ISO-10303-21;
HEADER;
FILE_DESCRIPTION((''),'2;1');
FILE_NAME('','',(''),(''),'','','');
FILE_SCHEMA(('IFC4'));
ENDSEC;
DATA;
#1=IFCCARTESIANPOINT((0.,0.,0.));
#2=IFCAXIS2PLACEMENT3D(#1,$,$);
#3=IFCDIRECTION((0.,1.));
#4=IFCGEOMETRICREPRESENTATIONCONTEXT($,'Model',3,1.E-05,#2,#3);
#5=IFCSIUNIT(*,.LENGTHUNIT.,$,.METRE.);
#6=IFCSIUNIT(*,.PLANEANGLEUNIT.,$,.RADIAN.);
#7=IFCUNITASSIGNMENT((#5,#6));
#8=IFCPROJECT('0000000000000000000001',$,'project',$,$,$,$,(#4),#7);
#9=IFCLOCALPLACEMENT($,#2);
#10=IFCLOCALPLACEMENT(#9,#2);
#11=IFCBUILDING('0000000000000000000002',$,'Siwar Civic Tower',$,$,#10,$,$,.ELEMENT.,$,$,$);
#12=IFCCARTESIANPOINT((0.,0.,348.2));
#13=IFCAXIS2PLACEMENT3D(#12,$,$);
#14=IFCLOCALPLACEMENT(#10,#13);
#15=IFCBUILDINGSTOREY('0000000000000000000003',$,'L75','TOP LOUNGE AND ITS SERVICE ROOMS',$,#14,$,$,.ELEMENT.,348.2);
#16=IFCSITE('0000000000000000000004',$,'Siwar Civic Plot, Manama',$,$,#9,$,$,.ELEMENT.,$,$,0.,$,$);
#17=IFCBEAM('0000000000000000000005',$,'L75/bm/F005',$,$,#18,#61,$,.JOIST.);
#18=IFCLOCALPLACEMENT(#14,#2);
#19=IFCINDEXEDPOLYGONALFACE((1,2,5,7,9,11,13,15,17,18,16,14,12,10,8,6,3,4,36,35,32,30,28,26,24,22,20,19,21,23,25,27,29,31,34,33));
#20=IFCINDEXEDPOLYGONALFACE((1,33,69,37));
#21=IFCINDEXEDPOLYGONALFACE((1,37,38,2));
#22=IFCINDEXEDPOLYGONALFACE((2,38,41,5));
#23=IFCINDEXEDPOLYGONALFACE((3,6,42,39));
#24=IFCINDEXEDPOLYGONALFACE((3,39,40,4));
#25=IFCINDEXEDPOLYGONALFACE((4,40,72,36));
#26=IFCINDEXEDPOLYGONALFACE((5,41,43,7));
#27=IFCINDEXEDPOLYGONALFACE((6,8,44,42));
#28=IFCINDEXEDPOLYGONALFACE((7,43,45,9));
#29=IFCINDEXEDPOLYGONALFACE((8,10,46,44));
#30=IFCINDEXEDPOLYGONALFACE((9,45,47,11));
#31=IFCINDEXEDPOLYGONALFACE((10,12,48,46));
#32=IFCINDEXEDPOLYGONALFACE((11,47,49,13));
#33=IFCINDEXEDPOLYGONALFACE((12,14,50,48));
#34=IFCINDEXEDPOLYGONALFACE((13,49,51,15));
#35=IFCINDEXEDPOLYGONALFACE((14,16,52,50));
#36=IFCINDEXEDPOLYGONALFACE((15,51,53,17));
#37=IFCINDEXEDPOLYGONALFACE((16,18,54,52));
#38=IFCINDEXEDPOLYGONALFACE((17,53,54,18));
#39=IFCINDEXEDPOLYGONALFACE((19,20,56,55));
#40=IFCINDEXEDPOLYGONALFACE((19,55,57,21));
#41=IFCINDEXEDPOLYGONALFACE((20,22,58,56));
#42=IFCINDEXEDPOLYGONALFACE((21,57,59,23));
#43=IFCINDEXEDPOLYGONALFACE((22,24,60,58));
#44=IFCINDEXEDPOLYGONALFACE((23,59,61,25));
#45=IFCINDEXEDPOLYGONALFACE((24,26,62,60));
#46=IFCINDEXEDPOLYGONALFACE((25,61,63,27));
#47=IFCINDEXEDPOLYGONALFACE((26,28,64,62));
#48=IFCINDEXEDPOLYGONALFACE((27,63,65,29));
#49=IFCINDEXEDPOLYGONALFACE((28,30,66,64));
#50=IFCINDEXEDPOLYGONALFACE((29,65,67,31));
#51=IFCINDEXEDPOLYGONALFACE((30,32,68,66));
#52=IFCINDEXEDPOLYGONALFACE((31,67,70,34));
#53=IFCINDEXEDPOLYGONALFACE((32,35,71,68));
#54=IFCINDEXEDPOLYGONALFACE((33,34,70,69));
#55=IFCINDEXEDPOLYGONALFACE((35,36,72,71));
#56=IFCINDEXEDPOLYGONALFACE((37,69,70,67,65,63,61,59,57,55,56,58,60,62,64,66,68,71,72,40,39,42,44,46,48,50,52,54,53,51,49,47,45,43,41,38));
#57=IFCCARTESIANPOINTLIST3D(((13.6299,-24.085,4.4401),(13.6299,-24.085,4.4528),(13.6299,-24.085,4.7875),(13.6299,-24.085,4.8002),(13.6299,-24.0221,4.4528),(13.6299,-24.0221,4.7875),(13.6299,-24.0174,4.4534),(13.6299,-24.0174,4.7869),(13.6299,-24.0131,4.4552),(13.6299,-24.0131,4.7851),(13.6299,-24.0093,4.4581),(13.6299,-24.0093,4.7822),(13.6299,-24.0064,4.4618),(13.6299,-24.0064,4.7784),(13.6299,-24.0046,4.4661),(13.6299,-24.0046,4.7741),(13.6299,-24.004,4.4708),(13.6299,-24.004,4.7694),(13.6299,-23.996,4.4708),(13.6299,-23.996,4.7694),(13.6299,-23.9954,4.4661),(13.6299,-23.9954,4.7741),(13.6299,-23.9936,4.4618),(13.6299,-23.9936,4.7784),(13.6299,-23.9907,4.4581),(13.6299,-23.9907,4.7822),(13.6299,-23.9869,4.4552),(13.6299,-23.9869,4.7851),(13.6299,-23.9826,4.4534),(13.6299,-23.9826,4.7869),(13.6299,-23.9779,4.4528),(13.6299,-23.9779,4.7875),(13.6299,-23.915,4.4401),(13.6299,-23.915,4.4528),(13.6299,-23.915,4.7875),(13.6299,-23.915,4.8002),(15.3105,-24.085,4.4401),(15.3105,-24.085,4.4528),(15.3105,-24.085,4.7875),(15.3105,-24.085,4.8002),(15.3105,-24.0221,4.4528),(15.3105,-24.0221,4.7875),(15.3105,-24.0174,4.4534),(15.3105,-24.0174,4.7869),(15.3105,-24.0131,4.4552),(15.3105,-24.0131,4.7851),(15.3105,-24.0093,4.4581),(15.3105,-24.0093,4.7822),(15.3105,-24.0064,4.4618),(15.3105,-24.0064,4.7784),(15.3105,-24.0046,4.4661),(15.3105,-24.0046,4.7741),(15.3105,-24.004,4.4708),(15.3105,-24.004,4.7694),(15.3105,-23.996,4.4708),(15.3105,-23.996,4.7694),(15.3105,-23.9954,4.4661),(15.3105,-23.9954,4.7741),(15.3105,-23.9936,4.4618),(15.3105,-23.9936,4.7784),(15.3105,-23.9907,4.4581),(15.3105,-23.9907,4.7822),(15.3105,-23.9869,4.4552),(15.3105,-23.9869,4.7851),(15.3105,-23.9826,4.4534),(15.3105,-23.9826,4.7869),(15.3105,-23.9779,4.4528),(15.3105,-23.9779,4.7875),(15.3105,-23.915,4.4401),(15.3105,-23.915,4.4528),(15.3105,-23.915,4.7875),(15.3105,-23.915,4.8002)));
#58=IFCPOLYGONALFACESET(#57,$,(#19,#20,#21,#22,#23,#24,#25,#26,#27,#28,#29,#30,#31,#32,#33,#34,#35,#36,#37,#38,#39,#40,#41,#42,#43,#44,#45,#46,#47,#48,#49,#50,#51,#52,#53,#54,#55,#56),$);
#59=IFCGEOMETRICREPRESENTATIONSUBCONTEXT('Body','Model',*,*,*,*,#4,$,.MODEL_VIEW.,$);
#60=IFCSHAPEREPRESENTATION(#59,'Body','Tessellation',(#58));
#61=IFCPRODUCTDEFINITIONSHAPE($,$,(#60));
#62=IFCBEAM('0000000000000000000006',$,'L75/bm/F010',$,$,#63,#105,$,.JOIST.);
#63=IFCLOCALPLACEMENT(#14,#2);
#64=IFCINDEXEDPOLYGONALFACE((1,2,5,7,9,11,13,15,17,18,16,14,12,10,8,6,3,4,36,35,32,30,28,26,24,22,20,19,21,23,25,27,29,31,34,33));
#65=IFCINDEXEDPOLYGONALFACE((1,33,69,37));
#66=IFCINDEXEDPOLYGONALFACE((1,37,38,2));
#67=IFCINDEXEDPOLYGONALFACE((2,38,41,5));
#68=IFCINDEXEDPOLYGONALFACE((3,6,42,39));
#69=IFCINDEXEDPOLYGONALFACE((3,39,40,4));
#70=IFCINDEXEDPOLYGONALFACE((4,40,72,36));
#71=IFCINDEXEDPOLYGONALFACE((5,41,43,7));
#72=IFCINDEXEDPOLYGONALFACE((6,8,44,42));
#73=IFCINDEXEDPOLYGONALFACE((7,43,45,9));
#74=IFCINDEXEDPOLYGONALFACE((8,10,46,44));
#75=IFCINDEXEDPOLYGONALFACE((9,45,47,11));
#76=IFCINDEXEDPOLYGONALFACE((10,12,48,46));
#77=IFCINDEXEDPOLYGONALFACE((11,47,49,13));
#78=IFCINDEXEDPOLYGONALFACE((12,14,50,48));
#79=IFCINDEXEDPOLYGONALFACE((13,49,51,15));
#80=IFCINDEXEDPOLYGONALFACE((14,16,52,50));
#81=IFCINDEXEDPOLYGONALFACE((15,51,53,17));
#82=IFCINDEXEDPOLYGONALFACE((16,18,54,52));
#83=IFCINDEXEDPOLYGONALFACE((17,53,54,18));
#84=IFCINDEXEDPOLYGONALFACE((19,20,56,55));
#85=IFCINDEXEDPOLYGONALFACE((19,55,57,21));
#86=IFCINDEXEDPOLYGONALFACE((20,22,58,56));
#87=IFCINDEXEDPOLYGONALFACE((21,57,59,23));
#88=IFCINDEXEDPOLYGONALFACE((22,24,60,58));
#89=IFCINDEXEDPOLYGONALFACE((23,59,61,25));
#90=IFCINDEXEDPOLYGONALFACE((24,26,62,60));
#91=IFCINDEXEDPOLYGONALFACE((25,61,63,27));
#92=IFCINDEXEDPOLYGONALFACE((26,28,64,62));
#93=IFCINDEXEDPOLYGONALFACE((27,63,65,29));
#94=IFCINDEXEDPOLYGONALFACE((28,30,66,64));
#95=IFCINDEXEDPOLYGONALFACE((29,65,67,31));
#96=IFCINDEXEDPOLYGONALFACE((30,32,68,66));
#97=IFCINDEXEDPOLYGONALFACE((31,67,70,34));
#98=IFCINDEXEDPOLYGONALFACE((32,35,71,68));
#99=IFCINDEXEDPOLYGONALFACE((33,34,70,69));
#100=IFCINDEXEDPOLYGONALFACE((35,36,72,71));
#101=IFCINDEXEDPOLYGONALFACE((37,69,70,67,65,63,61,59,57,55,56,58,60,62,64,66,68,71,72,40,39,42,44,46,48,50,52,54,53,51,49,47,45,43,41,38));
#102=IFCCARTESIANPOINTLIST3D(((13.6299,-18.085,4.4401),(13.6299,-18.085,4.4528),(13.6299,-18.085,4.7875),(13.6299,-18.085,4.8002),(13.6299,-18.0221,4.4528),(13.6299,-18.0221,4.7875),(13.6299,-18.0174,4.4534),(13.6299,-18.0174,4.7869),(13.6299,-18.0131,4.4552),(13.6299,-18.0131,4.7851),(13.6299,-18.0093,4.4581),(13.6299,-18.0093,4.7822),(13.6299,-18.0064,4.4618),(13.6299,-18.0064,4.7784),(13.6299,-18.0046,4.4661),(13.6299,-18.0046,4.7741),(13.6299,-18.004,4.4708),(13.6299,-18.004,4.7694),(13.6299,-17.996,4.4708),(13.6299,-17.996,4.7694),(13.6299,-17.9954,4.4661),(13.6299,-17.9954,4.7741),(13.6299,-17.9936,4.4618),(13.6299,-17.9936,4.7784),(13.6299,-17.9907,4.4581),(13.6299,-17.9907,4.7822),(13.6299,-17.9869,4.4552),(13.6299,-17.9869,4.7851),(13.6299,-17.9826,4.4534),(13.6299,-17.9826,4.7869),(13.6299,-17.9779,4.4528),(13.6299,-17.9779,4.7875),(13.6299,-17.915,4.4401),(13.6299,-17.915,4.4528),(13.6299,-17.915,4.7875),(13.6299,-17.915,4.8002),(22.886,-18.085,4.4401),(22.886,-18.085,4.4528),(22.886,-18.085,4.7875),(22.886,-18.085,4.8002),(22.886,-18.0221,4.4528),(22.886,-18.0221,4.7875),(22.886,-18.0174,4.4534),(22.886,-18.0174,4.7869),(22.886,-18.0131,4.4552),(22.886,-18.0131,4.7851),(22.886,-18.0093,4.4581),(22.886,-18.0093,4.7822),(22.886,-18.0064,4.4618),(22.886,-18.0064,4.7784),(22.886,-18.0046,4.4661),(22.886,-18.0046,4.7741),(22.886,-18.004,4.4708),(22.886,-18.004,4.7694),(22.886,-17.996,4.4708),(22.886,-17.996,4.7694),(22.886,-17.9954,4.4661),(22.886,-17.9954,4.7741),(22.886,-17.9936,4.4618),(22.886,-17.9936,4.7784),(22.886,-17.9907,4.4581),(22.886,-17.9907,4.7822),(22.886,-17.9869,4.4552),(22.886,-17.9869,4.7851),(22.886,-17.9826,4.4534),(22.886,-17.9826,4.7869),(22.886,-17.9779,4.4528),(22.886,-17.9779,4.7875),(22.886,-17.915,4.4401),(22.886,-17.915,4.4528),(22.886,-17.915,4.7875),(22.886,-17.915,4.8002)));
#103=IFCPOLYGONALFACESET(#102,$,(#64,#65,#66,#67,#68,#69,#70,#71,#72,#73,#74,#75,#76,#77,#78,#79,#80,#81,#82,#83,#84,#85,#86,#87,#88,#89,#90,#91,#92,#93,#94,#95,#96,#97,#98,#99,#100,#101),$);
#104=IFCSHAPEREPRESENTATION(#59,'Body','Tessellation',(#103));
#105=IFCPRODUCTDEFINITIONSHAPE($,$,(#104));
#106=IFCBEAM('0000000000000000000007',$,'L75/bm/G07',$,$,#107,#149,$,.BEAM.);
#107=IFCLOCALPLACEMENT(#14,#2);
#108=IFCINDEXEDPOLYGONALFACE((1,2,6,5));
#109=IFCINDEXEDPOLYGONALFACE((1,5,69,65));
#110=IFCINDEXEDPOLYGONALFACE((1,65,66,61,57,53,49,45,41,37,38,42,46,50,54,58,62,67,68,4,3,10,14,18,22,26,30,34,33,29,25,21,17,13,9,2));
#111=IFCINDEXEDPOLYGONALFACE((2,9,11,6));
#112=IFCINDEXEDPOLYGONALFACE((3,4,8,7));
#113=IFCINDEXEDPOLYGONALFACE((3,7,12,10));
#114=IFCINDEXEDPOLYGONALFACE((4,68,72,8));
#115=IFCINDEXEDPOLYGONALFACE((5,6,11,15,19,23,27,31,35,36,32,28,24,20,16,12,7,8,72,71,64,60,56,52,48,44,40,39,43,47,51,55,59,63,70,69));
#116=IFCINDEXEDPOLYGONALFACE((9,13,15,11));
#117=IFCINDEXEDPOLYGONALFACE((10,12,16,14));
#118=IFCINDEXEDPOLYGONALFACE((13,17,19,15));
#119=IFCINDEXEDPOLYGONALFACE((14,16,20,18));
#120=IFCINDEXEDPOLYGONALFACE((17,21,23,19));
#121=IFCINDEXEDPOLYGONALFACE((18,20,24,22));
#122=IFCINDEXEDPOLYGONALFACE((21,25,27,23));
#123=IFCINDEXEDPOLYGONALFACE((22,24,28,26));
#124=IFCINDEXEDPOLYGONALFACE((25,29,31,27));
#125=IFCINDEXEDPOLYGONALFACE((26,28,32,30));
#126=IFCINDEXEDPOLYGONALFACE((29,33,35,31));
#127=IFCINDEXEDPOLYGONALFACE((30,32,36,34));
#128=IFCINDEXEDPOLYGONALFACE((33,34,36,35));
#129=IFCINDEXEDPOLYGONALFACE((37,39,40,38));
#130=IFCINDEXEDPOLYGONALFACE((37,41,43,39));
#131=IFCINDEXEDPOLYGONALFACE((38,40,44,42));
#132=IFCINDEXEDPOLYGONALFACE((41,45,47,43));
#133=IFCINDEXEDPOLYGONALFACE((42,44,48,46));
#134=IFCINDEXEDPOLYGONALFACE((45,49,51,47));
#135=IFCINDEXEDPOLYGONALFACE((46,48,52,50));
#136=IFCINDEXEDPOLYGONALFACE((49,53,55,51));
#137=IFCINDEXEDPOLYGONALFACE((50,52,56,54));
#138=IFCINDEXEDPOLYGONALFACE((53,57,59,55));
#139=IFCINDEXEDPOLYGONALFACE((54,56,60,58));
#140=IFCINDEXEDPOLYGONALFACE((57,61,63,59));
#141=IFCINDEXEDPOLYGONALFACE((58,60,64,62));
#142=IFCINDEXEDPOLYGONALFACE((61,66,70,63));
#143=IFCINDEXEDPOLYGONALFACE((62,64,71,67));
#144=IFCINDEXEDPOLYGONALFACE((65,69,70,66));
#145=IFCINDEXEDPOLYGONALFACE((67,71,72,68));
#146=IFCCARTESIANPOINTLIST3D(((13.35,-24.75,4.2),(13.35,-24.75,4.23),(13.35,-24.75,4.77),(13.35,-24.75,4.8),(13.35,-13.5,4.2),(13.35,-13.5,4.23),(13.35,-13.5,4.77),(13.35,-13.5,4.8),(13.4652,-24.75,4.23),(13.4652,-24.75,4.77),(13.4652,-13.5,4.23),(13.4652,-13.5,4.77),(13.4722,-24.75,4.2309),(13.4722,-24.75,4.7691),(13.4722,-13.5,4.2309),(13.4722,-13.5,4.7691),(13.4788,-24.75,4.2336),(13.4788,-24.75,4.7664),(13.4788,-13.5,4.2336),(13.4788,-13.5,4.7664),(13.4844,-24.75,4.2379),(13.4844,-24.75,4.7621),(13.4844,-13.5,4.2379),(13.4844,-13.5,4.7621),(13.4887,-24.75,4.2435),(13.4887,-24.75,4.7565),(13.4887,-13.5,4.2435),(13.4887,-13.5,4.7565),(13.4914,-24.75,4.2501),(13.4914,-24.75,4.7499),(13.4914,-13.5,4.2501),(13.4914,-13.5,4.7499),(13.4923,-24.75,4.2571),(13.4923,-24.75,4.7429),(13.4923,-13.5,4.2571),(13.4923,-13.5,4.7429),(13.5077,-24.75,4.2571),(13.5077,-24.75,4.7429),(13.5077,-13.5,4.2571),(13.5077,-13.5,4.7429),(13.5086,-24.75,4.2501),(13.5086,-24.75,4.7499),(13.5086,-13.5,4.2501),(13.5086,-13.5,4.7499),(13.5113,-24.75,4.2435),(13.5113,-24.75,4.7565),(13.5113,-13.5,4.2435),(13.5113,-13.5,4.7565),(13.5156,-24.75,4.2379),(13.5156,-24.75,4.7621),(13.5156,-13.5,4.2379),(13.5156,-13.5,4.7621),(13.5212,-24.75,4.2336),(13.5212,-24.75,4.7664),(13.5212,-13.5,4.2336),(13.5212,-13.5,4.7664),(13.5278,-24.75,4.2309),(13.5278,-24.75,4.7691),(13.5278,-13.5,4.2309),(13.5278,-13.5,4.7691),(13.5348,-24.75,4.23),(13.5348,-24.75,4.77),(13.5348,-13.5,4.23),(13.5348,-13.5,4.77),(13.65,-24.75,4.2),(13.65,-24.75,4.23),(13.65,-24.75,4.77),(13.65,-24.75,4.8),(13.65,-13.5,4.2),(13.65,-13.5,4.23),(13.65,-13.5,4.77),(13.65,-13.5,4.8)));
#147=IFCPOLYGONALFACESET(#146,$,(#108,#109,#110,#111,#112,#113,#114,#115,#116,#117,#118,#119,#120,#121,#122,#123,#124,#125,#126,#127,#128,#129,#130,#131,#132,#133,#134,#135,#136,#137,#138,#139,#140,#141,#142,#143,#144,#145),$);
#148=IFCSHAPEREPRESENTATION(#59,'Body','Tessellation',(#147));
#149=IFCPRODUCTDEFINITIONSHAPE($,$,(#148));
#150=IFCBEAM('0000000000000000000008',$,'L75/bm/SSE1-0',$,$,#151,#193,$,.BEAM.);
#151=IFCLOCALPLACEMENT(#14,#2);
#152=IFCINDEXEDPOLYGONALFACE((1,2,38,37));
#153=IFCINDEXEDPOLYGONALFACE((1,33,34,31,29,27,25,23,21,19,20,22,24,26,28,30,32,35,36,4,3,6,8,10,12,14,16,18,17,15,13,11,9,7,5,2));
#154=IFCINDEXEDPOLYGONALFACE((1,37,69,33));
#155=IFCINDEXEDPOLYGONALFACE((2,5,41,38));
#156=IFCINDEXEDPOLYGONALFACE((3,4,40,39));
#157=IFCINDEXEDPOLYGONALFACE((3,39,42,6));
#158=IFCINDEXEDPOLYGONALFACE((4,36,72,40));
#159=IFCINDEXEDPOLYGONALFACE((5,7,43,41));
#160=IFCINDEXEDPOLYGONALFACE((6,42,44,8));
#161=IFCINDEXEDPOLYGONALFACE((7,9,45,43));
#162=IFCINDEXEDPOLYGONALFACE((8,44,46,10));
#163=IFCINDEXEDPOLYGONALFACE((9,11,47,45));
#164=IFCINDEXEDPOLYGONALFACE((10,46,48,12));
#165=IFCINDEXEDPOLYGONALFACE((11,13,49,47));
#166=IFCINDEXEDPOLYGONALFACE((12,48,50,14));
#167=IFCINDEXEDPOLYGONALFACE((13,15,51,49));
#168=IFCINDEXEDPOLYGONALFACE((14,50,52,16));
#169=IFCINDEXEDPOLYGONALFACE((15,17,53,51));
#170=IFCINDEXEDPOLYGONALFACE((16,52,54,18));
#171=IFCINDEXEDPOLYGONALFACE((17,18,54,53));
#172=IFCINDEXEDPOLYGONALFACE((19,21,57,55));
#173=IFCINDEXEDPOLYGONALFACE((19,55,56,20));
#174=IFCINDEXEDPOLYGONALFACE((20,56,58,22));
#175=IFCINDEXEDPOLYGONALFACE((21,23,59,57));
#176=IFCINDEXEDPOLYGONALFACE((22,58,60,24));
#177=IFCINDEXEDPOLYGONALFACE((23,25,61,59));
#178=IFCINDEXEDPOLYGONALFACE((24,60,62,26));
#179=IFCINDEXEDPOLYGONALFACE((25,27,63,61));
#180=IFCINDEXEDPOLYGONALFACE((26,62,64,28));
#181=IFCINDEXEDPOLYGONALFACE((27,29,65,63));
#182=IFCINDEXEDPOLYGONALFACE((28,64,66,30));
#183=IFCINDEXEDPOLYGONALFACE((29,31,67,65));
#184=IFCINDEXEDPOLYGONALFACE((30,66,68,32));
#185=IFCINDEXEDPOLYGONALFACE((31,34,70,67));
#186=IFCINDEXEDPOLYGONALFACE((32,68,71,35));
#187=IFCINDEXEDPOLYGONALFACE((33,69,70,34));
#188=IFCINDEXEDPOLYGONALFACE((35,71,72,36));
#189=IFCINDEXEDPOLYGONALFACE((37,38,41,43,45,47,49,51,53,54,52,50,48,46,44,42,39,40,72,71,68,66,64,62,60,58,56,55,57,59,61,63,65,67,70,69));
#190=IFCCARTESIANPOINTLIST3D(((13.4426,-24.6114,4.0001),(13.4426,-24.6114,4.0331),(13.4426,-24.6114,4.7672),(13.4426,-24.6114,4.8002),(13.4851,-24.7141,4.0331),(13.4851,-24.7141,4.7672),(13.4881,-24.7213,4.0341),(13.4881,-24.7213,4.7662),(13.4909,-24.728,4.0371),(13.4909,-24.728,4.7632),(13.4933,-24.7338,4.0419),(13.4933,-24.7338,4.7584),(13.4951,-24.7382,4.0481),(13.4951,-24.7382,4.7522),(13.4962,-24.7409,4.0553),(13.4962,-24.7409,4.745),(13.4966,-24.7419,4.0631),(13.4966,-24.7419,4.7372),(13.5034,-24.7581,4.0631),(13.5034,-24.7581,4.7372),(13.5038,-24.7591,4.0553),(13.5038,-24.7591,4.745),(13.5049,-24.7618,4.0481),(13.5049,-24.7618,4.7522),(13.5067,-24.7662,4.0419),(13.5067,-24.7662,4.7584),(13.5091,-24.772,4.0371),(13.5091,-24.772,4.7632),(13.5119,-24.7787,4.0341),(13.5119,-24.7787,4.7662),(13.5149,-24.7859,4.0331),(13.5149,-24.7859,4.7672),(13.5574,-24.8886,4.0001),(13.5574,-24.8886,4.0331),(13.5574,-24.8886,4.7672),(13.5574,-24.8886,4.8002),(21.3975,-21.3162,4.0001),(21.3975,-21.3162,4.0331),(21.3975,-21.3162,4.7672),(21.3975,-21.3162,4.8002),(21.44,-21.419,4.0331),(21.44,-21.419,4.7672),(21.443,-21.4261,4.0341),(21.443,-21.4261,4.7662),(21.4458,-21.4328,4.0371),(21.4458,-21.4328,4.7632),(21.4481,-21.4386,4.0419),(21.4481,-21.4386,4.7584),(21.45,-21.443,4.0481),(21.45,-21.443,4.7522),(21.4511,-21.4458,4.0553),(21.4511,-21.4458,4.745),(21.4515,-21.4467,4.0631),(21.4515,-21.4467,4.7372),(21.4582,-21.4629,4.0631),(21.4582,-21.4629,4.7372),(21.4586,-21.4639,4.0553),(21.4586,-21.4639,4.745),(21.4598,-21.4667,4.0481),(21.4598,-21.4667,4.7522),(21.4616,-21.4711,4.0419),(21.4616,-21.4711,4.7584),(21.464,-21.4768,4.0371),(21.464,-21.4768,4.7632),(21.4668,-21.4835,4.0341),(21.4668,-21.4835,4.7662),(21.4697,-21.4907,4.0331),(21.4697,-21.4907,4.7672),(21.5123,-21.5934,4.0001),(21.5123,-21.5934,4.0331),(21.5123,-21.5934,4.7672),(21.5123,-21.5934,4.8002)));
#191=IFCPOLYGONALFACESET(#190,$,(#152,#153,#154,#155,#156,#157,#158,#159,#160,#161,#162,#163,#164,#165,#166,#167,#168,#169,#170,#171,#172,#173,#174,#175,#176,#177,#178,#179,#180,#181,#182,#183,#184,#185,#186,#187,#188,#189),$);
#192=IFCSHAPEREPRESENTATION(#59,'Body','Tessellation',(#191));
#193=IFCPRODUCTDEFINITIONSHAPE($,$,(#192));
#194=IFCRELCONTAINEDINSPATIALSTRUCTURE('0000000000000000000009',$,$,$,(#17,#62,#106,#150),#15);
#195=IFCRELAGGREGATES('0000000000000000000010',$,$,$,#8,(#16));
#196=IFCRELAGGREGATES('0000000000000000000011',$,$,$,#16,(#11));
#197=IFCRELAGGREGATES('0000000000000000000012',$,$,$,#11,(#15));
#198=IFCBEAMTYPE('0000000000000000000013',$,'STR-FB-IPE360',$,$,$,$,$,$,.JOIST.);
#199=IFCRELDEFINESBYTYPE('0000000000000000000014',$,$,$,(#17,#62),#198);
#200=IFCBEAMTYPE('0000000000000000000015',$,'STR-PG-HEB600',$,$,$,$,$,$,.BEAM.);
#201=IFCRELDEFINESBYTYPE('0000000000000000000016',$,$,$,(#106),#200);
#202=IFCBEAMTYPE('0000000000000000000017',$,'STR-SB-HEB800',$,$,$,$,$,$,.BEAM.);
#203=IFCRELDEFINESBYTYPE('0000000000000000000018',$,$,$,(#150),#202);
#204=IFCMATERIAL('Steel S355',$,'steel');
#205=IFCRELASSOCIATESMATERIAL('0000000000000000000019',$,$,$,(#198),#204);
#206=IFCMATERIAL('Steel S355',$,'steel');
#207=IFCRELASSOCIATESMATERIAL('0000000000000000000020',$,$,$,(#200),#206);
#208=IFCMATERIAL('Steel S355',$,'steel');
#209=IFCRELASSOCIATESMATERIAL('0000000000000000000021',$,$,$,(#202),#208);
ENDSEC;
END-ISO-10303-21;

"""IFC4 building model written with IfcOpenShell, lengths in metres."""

from ifc_helpers import new_model, si_unit, direction, frame, origin, origin_2d, place, context, subcontext, project, spatial, i_section, extrude, material, material_profile, profile_set, type_object, element, save


model = new_model("IFC4")

# Units and contexts
model_context = context("Model", 3, precision=1e-05, world=origin(), true_north=direction((0.0, 1.0)))
body_context = subcontext(model_context, "Body", "Model", "MODEL_VIEW")
ifc_project = project(units=[si_unit("LENGTHUNIT", "METRE"), si_unit("PLANEANGLEUNIT", "RADIAN")], contexts=[model_context])

# Site, building, storey
site_placement = place(None, origin())
site = spatial("IfcSite", under=ifc_project, at=site_placement, Name="Siwar Civic Plot, Manama", CompositionType="ELEMENT", RefElevation=0.0)
building_placement = place(site_placement, origin())
building = spatial("IfcBuilding", under=site, at=building_placement, Name="Siwar Civic Tower", CompositionType="ELEMENT")
storey_placement = place(building_placement, frame((0.0, 0.0, 348.2)))
storey = spatial("IfcBuildingStorey", under=building, at=storey_placement, Name="L75", Description="TOP LOUNGE AND ITS SERVICE ROOMS", CompositionType="ELEMENT", Elevation=348.2)

# Beams
ifc_material_1 = material(Name="Steel S355", Category="steel")
ifc_material_profile_1 = material_profile(ifc_material_1, i_section(OverallWidth=0.1699, OverallDepth=0.3601, WebThickness=0.0081, FlangeThickness=0.0127, FilletRadius=0.0181, at=origin_2d()), Name="IPE360")
ifc_profile_set_1 = profile_set([ifc_material_profile_1], Name="Steel S355")
beam_type_1 = type_object("IfcBeamType", Name="STR-FB-IPE360", PredefinedType="JOIST", material=ifc_profile_set_1)
beam_1_placement = place(storey_placement, frame((13.6299, -24.0, 4.6201), z_axis=(1.0, 0.0, 0.0), x_axis=(0.0, 1.0, 0.0)))
element("IfcBeam", 1, at=beam_1_placement, inside=storey, type_object=beam_type_1, Name="L75/bm/F005", PredefinedType="JOIST", context=body_context, shape_type="SweptSolid", body=[
    extrude(i_section(OverallWidth=0.1699, OverallDepth=0.3601, WebThickness=0.0081, FlangeThickness=0.0127, FilletRadius=0.0181, at=origin_2d()), origin(), (0.0, 0.0, 1.0), 1.6807),
])
beam_2_placement = place(storey_placement, frame((13.6299, -18.0, 4.6201), z_axis=(1.0, 0.0, 0.0), x_axis=(0.0, 1.0, 0.0)))
element("IfcBeam", 2, at=beam_2_placement, inside=storey, type_object=beam_type_1, Name="L75/bm/F010", PredefinedType="JOIST", context=body_context, shape_type="SweptSolid", body=[
    extrude(i_section(OverallWidth=0.1699, OverallDepth=0.3601, WebThickness=0.0081, FlangeThickness=0.0127, FilletRadius=0.0181, at=origin_2d()), origin(), (0.0, 0.0, 1.0), 9.2561),
])
ifc_material_2 = material(Name="Steel S355", Category="steel")
ifc_material_profile_2 = material_profile(ifc_material_2, i_section(OverallWidth=0.3, OverallDepth=0.6001, WebThickness=0.0154, FlangeThickness=0.03, FilletRadius=0.0271, at=origin_2d()), Name="HEB600")
ifc_profile_set_2 = profile_set([ifc_material_profile_2], Name="Steel S355")
beam_type_2 = type_object("IfcBeamType", Name="STR-PG-HEB600", PredefinedType="BEAM", material=ifc_profile_set_2)
beam_3_placement = place(storey_placement, frame((13.5, -24.75, 4.5), z_axis=(0.0, 1.0, 0.0), x_axis=(-1.0, 0.0, 0.0)))
element("IfcBeam", 3, at=beam_3_placement, inside=storey, type_object=beam_type_2, Name="L75/bm/G07", PredefinedType="BEAM", context=body_context, shape_type="SweptSolid", body=[
    extrude(i_section(OverallWidth=0.3, OverallDepth=0.6001, WebThickness=0.0154, FlangeThickness=0.03, FilletRadius=0.0271, at=origin_2d()), origin(), (0.0, 0.0, 1.0), 11.25),
])
ifc_material_3 = material(Name="Steel S355", Category="steel")
ifc_material_profile_3 = material_profile(ifc_material_3, i_section(OverallWidth=0.3, OverallDepth=0.8, WebThickness=0.0176, FlangeThickness=0.033, FilletRadius=0.03, at=origin_2d()), Name="HEB800")
ifc_profile_set_3 = profile_set([ifc_material_profile_3], Name="Steel S355")
beam_type_3 = type_object("IfcBeamType", Name="STR-SB-HEB800", PredefinedType="BEAM", material=ifc_profile_set_3)
for number, where, z_axis, x_axis, name in (
    (4, (13.5, -24.75, 4.4001), (0.923873, 0.3827, 0.0), (-0.3827, 0.923873, 0.0), "L75/bm/SSE1-0"),
):
    element("IfcBeam", number, at=place(storey_placement, frame(where, z_axis=z_axis, x_axis=x_axis)), inside=storey, type_object=beam_type_3, Name=name, PredefinedType="BEAM", context=body_context, shape_type="SweptSolid", body=[
        extrude(i_section(OverallWidth=0.3, OverallDepth=0.8, WebThickness=0.0176, FlangeThickness=0.033, FilletRadius=0.03, at=origin_2d()), origin(), (0.0, 0.0, 1.0), 8.6104),
    ])

save(model, "model.ifc")
